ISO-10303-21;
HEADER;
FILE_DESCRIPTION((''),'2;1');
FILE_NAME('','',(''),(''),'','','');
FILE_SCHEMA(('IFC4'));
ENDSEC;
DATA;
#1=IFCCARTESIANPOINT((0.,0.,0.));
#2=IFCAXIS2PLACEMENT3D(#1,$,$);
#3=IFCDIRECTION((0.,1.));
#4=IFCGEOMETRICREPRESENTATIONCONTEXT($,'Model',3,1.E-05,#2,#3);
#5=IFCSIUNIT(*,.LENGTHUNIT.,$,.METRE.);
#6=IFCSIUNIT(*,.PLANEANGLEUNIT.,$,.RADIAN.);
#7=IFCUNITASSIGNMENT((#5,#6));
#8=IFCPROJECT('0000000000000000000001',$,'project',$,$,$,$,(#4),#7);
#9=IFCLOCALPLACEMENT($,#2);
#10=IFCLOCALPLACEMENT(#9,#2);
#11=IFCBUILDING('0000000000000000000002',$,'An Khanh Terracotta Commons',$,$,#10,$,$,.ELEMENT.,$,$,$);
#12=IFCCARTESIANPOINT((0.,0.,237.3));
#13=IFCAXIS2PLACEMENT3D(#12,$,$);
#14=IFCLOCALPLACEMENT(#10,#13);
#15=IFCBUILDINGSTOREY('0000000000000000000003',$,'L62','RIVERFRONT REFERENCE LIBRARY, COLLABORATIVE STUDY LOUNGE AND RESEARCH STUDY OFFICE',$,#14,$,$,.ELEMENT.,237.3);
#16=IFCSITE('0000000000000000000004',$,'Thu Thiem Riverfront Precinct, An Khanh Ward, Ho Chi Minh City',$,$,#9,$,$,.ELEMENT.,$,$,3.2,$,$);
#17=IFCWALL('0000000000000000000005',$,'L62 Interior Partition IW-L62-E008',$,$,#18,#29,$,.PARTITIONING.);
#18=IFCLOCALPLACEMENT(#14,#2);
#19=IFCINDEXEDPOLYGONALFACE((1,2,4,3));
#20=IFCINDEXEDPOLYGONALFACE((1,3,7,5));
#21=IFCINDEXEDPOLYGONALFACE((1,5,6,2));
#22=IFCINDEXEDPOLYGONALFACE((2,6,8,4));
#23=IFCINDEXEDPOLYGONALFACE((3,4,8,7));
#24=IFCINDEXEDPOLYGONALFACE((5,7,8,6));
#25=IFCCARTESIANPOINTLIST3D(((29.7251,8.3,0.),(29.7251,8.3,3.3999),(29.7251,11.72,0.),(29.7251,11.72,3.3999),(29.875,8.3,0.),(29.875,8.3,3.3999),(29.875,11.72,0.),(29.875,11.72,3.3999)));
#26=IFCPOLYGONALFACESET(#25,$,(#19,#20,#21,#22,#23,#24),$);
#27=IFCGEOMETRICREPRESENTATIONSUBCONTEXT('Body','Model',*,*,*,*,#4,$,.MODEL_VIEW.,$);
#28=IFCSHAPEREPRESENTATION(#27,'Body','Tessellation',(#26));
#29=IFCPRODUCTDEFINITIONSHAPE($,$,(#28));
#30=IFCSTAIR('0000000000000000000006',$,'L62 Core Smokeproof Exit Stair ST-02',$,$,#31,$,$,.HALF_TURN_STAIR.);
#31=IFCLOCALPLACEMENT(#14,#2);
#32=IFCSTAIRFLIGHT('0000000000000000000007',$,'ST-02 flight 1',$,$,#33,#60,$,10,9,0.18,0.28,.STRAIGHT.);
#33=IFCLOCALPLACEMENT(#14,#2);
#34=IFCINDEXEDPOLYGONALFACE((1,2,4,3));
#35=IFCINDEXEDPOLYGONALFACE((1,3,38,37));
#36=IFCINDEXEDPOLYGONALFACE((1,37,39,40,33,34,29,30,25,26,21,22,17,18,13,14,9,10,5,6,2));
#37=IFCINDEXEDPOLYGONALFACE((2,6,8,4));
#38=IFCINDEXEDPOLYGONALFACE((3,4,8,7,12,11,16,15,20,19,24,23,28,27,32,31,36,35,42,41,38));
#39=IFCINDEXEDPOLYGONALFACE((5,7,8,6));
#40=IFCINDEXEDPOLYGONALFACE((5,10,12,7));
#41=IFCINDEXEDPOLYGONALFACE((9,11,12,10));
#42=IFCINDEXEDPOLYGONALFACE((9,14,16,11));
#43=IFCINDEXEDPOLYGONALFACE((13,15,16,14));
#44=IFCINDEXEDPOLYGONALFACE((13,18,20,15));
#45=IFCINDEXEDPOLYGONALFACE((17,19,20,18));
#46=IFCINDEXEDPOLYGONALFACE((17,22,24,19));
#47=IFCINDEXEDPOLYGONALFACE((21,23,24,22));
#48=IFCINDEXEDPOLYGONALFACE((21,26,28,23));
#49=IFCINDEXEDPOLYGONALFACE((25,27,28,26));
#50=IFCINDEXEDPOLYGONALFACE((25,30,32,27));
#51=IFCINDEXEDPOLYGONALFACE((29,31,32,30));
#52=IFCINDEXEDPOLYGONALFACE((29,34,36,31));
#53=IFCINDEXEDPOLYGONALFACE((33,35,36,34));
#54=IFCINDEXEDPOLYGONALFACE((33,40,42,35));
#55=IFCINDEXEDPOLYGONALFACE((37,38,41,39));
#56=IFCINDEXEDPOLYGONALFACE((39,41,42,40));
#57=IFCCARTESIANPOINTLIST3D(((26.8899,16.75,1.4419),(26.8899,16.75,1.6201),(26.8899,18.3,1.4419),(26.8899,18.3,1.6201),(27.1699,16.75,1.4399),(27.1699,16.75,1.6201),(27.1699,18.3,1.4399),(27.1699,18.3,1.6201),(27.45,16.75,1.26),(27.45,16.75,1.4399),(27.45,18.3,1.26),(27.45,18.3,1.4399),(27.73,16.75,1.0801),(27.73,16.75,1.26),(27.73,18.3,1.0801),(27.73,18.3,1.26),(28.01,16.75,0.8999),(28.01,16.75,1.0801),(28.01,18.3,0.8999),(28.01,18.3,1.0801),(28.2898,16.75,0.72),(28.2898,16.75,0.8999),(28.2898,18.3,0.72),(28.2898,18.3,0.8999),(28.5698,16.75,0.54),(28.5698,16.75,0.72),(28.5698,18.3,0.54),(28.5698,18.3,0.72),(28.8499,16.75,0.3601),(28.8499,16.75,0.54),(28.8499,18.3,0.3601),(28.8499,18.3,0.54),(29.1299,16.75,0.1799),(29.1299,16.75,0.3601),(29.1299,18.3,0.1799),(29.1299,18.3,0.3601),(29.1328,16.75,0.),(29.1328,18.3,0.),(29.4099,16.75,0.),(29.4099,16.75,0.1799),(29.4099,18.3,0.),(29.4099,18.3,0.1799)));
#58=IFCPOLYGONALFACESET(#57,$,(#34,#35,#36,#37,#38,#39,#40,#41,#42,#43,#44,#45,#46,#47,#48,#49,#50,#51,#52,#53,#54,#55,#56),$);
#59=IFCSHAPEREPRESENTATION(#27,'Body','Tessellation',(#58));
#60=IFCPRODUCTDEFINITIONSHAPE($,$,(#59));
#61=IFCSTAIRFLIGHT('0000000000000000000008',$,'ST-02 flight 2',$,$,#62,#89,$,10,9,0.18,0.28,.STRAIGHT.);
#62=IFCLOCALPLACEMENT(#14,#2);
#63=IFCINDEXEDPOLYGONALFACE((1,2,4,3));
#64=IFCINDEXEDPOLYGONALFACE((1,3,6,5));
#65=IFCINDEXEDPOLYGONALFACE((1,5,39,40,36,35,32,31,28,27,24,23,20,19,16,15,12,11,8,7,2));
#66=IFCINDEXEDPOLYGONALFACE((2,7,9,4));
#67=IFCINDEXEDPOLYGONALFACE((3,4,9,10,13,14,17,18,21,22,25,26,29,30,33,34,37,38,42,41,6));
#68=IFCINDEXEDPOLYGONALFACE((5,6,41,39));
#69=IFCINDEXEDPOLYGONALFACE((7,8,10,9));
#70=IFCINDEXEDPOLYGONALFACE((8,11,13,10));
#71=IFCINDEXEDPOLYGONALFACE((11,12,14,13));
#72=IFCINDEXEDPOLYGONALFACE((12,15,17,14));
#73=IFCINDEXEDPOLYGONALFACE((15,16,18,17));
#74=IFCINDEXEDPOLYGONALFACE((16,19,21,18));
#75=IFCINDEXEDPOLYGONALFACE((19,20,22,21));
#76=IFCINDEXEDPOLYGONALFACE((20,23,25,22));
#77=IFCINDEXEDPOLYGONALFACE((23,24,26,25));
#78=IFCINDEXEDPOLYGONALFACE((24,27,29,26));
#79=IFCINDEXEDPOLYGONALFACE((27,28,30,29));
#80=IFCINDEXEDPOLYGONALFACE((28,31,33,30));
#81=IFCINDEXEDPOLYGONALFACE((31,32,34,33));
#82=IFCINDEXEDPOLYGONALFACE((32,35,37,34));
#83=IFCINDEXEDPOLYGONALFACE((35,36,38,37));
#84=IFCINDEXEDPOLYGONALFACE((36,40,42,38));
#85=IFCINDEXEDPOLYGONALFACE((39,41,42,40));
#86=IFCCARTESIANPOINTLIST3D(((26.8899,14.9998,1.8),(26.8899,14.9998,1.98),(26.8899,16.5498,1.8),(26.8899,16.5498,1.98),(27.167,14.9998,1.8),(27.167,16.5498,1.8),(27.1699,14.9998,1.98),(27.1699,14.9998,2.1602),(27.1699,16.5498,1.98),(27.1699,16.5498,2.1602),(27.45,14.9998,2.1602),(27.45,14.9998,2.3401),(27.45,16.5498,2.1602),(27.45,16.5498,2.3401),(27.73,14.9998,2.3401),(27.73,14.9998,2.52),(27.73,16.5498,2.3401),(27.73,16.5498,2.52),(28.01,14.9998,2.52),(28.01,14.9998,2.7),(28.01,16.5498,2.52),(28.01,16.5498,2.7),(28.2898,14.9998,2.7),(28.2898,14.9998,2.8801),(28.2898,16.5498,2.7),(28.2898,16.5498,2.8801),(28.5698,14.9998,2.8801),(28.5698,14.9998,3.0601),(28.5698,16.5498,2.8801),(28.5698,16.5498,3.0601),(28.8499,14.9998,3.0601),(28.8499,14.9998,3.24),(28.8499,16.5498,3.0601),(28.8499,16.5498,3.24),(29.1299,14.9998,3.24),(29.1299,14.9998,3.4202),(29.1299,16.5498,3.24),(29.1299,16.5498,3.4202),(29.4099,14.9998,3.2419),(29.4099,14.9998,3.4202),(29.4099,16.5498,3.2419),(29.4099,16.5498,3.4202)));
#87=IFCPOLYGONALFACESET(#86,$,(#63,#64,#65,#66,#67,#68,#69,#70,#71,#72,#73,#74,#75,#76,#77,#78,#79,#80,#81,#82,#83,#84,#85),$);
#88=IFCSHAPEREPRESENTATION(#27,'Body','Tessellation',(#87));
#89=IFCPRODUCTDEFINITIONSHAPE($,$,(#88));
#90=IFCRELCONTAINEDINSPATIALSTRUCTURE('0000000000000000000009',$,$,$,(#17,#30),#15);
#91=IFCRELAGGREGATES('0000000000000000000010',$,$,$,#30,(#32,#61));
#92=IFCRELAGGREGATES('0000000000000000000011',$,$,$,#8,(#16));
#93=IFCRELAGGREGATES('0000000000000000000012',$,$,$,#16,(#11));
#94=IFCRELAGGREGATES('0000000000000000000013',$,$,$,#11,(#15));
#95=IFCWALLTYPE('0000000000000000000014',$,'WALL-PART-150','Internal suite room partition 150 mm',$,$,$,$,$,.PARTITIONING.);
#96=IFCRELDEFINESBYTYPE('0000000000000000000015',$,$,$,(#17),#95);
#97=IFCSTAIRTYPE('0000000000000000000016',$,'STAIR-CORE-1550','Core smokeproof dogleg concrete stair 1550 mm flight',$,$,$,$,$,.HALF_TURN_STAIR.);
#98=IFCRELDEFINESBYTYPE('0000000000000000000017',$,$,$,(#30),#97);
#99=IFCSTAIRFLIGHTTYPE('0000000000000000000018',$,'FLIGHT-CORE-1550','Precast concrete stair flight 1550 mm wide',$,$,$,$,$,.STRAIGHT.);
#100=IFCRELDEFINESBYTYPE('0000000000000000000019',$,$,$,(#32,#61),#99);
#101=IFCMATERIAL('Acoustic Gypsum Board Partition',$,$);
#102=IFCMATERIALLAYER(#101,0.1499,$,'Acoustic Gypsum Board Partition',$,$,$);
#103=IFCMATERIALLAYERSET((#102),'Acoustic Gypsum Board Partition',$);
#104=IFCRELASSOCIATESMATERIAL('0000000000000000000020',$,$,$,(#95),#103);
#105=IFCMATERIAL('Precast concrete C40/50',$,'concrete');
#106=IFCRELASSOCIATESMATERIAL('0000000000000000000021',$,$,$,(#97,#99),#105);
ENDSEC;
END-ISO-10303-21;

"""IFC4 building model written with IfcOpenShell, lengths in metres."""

from ifc_helpers import new_model, si_unit, direction, frame, frame_2d, origin, place, context, subcontext, project, spatial, polyline, rectangle, outline, extrude, material, layer, layer_set, type_object, element, aggregate, save


model = new_model("IFC4")

# Units and contexts
model_context = context("Model", 3, precision=1e-05, world=origin(), true_north=direction((0.0, 1.0)))
body_context = subcontext(model_context, "Body", "Model", "MODEL_VIEW")
ifc_project = project(units=[si_unit("LENGTHUNIT", "METRE"), si_unit("PLANEANGLEUNIT", "RADIAN")], contexts=[model_context])

# Site, building, storey
site_placement = place(None, origin())
site = spatial("IfcSite", under=ifc_project, at=site_placement, Name="Thu Thiem Riverfront Precinct, An Khanh Ward, Ho Chi Minh City", CompositionType="ELEMENT", RefElevation=3.2)
building_placement = place(site_placement, origin())
building = spatial("IfcBuilding", under=site, at=building_placement, Name="An Khanh Terracotta Commons", CompositionType="ELEMENT")
storey_placement = place(building_placement, frame((0.0, 0.0, 237.3)))
storey = spatial("IfcBuildingStorey", under=building, at=storey_placement, Name="L62", Description="RIVERFRONT REFERENCE LIBRARY, COLLABORATIVE STUDY LOUNGE AND RESEARCH STUDY OFFICE", CompositionType="ELEMENT", Elevation=237.3)

# Wall
ifc_material_1 = material(Name="Acoustic Gypsum Board Partition")
ifc_layer_1 = layer(ifc_material_1, 0.1499, Name="Acoustic Gypsum Board Partition")
ifc_layer_set_1 = layer_set([ifc_layer_1], Name="Acoustic Gypsum Board Partition")
wall_type_1 = type_object("IfcWallType", Name="WALL-PART-150", Description="Internal suite room partition 150 mm", PredefinedType="PARTITIONING", material=ifc_layer_set_1)
wall_1_placement = place(storey_placement, frame((29.8, 8.3, 0.0), z_axis=(0.0, 0.0, 1.0), x_axis=(0.0, 1.0, 0.0)))
element("IfcWall", 1, at=wall_1_placement, inside=storey, type_object=wall_type_1, Name="L62 Interior Partition IW-L62-E008", PredefinedType="PARTITIONING", context=body_context, shape_type="SweptSolid", body=[
    extrude(rectangle(XDim=3.4199, YDim=0.1499, at=frame_2d((1.71, 0.0))), origin(), (0.0, 0.0, 1.0), 3.3999),
])

# Stair, stair flights
ifc_material_2 = material(Name="Precast concrete C40/50", Category="concrete")
stair_type = type_object("IfcStairType", Name="STAIR-CORE-1550", Description="Core smokeproof dogleg concrete stair 1550 mm flight", PredefinedType="HALF_TURN_STAIR", material=ifc_material_2)
stair_placement = place(storey_placement, origin())
stair = element("IfcStair", 2, at=stair_placement, inside=storey, type_object=stair_type, Name="L62 Core Smokeproof Exit Stair ST-02", PredefinedType="HALF_TURN_STAIR")
stair_flight_type = type_object("IfcStairFlightType", Name="FLIGHT-CORE-1550", Description="Precast concrete stair flight 1550 mm wide", PredefinedType="STRAIGHT", material=ifc_material_2)
stair_flight_1_placement = place(storey_placement, frame((29.4099, 17.5249, 0.0), z_axis=(0.0, 0.0, 1.0), x_axis=(-1.0, 0.0, 0.0)))
stair_flight_1 = element("IfcStairFlight", 3, at=stair_flight_1_placement, type_object=stair_flight_type, Name="ST-02 flight 1", NumberOfRisers=10, NumberOfTreads=9, PredefinedType="STRAIGHT", RiserHeight=0.18, TreadLength=0.28, context=body_context, shape_type="SweptSolid", body=[
    extrude(outline(polyline([(0.0, 0.0), (0.0, 0.1799), (0.28, 0.1799), (0.28, 0.3601), (0.5601, 0.3601), (0.5601, 0.54), (0.8401, 0.54), (0.8401, 0.72), (1.1201, 0.72), (1.1201, 0.8999), (1.3999, 0.8999), (1.3999, 1.0801), (1.6799, 1.0801), (1.6799, 1.26), (1.96, 1.26), (1.96, 1.4399), (2.24, 1.4399), (2.24, 1.6201), (2.52, 1.6201), (2.52, 1.8), (2.52, 1.4419), (0.2771, 0.0), (0.0, 0.0)])), frame((0.0, 0.7749, 0.0), z_axis=(0.0, -1.0, 0.0), x_axis=(1.0, 0.0, 0.0)), (0.0, 0.0, 1.0), 1.55),
])
stair_flight_2_placement = place(storey_placement, frame((26.8899, 15.7749, 1.8), z_axis=(0.0, 0.0, 1.0), x_axis=(1.0, 0.0, 0.0)))
stair_flight_2 = element("IfcStairFlight", 4, at=stair_flight_2_placement, type_object=stair_flight_type, Name="ST-02 flight 2", NumberOfRisers=10, NumberOfTreads=9, PredefinedType="STRAIGHT", RiserHeight=0.18, TreadLength=0.28, context=body_context, shape_type="SweptSolid", body=[
    extrude(outline(polyline([(0.0, 0.0), (0.0, 0.1799), (0.28, 0.1799), (0.28, 0.3601), (0.5601, 0.3601), (0.5601, 0.54), (0.8401, 0.54), (0.8401, 0.72), (1.1201, 0.72), (1.1201, 0.8999), (1.3999, 0.8999), (1.3999, 1.0801), (1.6799, 1.0801), (1.6799, 1.26), (1.96, 1.26), (1.96, 1.4399), (2.24, 1.4399), (2.24, 1.6201), (2.52, 1.6201), (2.52, 1.8), (2.52, 1.4419), (0.2771, 0.0), (0.0, 0.0)])), frame((0.0, 0.7749, 0.0), z_axis=(0.0, -1.0, 0.0), x_axis=(1.0, 0.0, 0.0)), (0.0, 0.0, 1.0), 1.55),
])
aggregate(stair, [stair_flight_1, stair_flight_2])

save(model, "model.ifc")
